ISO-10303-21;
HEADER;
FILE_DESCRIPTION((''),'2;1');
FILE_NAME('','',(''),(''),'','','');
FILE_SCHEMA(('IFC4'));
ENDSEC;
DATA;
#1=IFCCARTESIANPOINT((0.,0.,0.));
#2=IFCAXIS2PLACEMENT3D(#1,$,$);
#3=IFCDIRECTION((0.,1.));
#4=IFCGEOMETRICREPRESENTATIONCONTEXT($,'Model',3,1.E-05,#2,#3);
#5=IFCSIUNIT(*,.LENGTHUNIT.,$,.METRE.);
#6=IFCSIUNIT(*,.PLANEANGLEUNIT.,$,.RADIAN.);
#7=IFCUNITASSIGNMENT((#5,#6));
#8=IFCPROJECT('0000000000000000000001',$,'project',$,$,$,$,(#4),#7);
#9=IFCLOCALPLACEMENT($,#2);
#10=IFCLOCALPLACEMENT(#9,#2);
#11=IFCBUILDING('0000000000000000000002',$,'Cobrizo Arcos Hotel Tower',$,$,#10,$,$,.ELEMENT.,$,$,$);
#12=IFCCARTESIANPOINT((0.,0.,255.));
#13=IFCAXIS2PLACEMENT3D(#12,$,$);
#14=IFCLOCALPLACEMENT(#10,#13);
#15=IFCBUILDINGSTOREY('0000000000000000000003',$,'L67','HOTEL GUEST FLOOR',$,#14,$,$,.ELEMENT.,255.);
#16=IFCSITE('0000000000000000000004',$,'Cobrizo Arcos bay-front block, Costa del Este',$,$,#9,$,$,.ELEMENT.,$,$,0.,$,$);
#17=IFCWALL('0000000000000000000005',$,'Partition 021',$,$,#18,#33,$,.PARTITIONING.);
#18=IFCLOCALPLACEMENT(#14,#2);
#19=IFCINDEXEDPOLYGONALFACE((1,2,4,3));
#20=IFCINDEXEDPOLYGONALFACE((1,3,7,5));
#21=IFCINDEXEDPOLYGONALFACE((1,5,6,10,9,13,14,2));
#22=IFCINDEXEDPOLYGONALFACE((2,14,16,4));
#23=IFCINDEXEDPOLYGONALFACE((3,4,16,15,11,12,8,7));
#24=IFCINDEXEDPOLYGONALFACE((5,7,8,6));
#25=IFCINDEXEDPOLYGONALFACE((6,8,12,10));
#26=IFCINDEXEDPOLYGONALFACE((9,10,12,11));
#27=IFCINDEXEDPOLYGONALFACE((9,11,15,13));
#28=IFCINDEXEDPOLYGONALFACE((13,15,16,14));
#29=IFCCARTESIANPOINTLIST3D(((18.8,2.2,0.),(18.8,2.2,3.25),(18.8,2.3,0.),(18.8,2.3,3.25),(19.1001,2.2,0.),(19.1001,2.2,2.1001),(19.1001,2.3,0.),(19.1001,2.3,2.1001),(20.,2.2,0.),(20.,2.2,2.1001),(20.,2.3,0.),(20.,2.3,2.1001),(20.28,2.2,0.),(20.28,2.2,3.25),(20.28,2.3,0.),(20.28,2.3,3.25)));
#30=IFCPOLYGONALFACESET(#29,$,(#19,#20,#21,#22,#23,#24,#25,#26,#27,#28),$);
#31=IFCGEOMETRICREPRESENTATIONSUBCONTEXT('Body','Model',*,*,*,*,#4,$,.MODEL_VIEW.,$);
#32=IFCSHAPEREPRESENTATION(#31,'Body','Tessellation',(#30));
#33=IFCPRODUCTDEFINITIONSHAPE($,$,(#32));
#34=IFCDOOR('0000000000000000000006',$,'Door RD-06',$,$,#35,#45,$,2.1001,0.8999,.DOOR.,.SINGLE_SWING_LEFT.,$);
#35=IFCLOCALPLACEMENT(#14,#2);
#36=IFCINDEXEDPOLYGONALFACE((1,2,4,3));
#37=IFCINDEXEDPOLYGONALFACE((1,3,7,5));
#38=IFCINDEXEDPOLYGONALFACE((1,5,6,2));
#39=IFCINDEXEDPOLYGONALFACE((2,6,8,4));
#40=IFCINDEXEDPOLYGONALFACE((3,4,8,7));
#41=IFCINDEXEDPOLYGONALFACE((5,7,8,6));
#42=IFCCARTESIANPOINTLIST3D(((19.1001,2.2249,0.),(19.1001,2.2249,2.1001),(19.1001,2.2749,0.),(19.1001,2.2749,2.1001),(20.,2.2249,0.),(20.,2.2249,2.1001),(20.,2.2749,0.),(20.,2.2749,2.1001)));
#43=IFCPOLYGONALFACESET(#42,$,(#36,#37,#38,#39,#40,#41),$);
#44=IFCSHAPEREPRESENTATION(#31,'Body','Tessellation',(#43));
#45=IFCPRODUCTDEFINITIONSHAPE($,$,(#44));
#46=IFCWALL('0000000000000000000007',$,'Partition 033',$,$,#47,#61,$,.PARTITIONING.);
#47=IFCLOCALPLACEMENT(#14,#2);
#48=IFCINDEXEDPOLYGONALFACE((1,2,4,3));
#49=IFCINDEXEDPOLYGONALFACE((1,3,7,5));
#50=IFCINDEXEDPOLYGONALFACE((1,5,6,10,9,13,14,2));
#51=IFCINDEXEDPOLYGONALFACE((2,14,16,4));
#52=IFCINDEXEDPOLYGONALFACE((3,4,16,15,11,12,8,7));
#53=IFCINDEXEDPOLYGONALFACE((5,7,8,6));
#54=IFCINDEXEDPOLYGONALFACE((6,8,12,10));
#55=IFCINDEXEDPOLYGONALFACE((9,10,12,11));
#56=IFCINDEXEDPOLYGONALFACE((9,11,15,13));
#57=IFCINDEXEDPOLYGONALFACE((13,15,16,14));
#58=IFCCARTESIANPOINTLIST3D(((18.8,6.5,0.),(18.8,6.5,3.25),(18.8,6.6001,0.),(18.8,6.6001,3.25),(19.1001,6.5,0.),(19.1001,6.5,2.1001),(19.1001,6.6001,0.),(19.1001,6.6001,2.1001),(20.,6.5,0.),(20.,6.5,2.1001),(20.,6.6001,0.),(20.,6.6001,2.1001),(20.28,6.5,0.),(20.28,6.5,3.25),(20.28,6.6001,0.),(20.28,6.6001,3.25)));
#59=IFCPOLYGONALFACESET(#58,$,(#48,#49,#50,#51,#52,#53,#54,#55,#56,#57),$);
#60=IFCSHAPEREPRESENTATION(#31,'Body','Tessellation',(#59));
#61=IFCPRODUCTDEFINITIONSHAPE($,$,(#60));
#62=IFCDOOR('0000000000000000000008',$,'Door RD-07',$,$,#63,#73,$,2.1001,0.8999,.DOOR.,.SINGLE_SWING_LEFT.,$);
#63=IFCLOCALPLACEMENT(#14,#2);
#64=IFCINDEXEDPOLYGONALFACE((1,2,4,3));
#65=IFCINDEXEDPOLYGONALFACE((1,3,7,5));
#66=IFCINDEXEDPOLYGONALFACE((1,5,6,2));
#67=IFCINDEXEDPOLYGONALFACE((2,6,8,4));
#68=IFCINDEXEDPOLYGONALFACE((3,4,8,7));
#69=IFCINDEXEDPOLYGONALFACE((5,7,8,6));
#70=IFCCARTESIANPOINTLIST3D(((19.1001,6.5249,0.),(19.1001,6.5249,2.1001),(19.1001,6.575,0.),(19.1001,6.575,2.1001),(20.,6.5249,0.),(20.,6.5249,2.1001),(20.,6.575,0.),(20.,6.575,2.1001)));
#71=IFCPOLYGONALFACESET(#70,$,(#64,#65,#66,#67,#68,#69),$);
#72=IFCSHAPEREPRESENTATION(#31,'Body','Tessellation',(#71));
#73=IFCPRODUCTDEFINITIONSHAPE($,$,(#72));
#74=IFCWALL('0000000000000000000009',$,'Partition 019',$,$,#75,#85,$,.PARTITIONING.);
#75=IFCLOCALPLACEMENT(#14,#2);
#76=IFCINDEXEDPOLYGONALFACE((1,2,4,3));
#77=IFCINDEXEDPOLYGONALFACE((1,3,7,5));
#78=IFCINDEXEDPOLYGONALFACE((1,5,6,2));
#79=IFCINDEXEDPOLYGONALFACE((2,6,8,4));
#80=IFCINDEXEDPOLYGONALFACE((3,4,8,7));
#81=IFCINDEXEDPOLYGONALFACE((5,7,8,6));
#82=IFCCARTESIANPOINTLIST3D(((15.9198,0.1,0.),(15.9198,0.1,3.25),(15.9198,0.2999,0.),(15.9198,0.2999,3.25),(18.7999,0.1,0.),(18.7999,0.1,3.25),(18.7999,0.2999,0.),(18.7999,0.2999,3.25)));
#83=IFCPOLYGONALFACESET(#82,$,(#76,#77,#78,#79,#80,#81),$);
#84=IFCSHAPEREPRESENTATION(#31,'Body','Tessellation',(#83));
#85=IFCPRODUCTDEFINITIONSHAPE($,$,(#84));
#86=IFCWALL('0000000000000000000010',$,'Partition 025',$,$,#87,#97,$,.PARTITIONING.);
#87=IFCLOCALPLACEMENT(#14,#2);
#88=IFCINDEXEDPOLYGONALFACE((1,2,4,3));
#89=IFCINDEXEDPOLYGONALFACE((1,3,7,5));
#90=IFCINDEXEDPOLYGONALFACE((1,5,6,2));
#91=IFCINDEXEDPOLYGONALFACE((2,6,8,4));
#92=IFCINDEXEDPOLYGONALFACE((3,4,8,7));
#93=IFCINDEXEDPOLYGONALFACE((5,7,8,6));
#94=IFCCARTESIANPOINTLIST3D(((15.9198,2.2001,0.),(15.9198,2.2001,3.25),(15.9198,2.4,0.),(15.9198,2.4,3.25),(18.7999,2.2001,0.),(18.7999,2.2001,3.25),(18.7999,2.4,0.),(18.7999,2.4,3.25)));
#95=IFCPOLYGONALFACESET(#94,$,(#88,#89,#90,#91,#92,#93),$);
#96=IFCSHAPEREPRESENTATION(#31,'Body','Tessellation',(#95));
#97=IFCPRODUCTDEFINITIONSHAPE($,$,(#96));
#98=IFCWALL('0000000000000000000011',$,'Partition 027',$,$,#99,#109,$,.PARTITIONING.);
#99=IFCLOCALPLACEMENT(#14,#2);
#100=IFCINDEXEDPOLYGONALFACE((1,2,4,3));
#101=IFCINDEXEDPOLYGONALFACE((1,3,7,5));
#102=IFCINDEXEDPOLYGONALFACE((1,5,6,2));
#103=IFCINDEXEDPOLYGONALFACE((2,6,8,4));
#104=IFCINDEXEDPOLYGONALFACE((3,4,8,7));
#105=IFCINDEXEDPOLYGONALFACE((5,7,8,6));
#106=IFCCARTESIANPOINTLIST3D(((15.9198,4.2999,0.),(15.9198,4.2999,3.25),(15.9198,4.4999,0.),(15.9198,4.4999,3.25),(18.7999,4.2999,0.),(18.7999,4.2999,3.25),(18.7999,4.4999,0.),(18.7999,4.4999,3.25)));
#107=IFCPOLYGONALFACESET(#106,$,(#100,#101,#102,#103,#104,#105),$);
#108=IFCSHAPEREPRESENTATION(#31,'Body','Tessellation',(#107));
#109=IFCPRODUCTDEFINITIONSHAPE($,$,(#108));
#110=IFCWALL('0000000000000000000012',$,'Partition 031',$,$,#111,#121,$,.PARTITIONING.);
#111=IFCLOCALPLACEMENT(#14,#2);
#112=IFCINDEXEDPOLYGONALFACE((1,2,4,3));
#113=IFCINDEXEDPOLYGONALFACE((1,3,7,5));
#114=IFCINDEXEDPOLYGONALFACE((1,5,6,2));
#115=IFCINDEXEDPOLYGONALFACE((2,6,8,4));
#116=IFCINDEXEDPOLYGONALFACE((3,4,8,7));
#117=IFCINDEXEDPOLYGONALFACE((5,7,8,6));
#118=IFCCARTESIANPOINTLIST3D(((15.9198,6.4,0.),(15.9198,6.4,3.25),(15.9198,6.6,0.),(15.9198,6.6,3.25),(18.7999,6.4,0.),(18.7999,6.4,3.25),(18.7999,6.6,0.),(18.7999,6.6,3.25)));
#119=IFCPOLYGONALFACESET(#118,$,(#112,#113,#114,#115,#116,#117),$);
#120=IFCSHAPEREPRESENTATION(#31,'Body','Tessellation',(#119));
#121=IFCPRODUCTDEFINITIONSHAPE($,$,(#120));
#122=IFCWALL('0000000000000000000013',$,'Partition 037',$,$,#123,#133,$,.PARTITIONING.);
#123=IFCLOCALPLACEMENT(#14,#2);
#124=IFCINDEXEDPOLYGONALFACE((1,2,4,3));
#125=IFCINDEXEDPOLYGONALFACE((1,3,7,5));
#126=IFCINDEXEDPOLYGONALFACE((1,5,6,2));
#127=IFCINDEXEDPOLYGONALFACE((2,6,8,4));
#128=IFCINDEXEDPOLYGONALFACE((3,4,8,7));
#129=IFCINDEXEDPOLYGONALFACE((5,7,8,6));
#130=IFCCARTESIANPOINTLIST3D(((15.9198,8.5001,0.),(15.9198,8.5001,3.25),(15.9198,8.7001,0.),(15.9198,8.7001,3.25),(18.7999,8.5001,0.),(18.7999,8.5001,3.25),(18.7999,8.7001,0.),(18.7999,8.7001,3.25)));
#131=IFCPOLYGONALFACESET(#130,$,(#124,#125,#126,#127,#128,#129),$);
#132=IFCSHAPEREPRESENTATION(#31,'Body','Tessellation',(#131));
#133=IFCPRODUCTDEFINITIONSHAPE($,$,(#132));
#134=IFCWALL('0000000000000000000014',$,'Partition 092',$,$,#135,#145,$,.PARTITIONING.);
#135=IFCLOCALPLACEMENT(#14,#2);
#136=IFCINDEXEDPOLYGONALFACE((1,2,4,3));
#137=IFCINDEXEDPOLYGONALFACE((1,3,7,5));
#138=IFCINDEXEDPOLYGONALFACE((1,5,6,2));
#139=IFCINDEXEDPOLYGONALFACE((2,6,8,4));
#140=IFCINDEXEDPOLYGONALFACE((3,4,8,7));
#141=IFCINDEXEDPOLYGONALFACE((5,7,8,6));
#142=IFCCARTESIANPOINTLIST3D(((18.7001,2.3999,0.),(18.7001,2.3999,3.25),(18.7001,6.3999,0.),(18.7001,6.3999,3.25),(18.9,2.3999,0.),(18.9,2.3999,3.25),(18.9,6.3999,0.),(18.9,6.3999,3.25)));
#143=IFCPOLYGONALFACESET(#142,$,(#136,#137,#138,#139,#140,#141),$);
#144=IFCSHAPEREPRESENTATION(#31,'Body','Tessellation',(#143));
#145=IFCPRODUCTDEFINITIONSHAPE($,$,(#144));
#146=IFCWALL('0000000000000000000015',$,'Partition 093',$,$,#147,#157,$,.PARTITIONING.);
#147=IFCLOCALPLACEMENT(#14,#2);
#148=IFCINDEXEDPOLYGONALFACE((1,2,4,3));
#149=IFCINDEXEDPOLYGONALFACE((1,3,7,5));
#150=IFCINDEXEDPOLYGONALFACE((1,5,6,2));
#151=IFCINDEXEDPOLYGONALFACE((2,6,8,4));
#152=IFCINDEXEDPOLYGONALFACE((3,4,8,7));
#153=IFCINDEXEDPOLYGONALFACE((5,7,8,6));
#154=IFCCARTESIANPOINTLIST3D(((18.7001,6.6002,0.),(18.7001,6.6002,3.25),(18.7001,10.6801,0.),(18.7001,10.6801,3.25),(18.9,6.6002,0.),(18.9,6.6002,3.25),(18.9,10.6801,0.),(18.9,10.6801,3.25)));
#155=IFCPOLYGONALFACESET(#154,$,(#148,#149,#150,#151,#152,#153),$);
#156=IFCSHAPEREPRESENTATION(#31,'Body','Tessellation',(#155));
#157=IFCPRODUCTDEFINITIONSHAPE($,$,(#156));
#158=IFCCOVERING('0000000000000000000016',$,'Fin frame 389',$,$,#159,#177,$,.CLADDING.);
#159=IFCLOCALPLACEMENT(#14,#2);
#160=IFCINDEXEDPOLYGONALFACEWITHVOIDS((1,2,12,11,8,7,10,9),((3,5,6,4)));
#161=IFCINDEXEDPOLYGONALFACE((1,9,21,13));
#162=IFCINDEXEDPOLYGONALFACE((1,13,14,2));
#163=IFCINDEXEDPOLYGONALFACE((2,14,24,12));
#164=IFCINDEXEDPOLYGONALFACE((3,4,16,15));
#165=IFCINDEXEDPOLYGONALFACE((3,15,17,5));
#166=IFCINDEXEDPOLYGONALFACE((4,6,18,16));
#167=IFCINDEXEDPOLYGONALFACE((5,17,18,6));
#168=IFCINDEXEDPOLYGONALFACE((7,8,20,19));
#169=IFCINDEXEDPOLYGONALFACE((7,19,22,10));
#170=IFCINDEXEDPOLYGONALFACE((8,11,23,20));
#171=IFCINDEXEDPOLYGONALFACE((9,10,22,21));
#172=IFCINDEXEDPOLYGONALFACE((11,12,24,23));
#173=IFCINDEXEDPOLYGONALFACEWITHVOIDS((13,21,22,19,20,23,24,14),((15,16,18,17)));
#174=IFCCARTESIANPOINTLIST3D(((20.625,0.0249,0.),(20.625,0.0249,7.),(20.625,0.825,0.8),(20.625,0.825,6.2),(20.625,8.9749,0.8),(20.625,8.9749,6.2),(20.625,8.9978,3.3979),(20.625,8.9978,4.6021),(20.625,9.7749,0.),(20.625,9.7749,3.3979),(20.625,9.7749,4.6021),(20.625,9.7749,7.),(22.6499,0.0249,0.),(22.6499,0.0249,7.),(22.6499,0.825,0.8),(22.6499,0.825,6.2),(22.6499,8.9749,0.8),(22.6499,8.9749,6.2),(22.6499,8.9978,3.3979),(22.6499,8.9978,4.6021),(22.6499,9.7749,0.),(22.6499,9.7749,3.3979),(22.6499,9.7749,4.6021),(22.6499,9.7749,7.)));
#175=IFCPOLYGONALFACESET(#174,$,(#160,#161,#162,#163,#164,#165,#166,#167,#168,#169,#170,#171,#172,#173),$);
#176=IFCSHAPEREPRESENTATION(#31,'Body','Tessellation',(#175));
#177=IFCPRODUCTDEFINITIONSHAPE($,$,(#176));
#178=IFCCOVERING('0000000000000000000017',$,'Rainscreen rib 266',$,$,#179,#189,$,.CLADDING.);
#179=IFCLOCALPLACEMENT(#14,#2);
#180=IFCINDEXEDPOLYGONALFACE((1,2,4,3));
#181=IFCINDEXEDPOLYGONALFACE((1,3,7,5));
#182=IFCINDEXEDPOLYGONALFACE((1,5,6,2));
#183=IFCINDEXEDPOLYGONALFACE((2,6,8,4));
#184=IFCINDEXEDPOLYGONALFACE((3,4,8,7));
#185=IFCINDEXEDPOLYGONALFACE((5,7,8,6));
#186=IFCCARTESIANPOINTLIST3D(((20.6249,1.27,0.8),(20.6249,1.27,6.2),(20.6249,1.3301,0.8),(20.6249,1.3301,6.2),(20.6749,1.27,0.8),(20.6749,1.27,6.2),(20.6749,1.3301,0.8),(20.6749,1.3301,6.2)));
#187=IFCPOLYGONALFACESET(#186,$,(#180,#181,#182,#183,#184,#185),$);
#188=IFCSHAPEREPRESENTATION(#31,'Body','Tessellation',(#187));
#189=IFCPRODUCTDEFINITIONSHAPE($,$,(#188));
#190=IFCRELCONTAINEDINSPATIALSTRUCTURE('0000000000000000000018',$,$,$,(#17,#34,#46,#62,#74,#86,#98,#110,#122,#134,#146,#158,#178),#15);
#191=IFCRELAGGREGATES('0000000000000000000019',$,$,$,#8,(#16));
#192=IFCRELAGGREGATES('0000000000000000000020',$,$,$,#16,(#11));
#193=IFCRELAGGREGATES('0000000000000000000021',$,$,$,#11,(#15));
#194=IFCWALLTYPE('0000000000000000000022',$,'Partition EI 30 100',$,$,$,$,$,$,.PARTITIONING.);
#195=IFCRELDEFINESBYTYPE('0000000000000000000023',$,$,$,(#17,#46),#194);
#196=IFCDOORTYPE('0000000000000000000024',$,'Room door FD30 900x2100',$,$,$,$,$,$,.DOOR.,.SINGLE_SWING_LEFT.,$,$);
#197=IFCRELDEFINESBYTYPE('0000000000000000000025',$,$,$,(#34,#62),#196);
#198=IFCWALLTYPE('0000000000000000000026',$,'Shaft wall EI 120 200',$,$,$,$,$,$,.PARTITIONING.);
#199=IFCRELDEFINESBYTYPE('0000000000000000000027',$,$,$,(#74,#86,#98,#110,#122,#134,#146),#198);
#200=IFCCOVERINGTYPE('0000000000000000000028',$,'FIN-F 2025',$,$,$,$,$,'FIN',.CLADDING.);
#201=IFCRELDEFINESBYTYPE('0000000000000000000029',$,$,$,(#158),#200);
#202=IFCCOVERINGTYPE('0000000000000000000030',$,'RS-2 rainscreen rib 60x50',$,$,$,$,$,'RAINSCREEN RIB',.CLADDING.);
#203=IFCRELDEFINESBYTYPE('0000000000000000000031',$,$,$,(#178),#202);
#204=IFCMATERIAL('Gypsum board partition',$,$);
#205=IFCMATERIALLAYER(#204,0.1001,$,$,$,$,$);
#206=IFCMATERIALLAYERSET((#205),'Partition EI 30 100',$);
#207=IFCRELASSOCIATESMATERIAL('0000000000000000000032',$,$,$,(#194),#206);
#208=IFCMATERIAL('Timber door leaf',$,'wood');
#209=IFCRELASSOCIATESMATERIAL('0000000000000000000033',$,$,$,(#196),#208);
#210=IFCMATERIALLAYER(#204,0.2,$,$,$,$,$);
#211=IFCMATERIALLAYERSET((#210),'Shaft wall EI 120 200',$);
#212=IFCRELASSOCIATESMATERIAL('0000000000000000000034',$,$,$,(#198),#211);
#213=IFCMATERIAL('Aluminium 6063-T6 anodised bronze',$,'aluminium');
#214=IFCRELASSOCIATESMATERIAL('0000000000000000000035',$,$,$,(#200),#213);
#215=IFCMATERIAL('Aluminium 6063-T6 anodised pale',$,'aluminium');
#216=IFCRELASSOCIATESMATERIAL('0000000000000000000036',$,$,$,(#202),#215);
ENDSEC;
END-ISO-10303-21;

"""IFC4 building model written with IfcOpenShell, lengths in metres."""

from ifc_helpers import new_model, si_unit, direction, frame, frame_2d, origin, origin_2d, place, context, subcontext, project, spatial, polyline, rectangle, outline, extrude, material, layer, layer_set, type_object, element, fill, save


model = new_model("IFC4")

# Units and contexts
model_context = context("Model", 3, precision=1e-05, world=origin(), true_north=direction((0.0, 1.0)))
body_context = subcontext(model_context, "Body", "Model", "MODEL_VIEW")
ifc_project = project(units=[si_unit("LENGTHUNIT", "METRE"), si_unit("PLANEANGLEUNIT", "RADIAN")], contexts=[model_context])

# Site, building, storey
site_placement = place(None, origin())
site = spatial("IfcSite", under=ifc_project, at=site_placement, Name="Cobrizo Arcos bay-front block, Costa del Este", CompositionType="ELEMENT", RefElevation=0.0)
building_placement = place(site_placement, origin())
building = spatial("IfcBuilding", under=site, at=building_placement, Name="Cobrizo Arcos Hotel Tower", CompositionType="ELEMENT")
storey_placement = place(building_placement, frame((0.0, 0.0, 255.0)))
storey = spatial("IfcBuildingStorey", under=building, at=storey_placement, Name="L67", Description="HOTEL GUEST FLOOR", CompositionType="ELEMENT", Elevation=255.0)

# Walls, openings, doors
ifc_material_1 = material(Name="Gypsum board partition")
ifc_layer_1 = layer(ifc_material_1, 0.1001)
ifc_layer_set_1 = layer_set([ifc_layer_1], Name="Partition EI 30 100")
wall_type_1 = type_object("IfcWallType", Name="Partition EI 30 100", PredefinedType="PARTITIONING", material=ifc_layer_set_1)
wall_1_placement = place(storey_placement, frame((18.8, 2.25, 0.0), z_axis=(0.0, 0.0, 1.0), x_axis=(1.0, 0.0, 0.0)))
wall_1 = element("IfcWall", 1, at=wall_1_placement, inside=storey, type_object=wall_type_1, Name="Partition 021", PredefinedType="PARTITIONING", context=body_context, shape_type="SweptSolid", body=[
    extrude(rectangle(XDim=1.48, YDim=0.1001, at=frame_2d((0.74, 0.0))), origin(), (0.0, 0.0, 1.0), 3.25),
])
opening_1_placement = place(wall_1_placement, frame((0.3, 0.0, 0.0)))
opening_1 = element("IfcOpeningElement", 2, at=opening_1_placement, cuts=wall_1, PredefinedType="OPENING", context=body_context, shape_type="SweptSolid", body=[
    extrude(rectangle(XDim=0.8999, YDim=2.1001, at=frame_2d((0.45, 1.05))), frame((0.0, 0.062, 0.0), z_axis=(0.0, -1.0, 0.0), x_axis=(1.0, 0.0, 0.0)), (0.0, 0.0, 1.0), 0.124),
])
ifc_material_2 = material(Name="Timber door leaf", Category="wood")
door_type = type_object("IfcDoorType", Name="Room door FD30 900x2100", OperationType="SINGLE_SWING_LEFT", PredefinedType="DOOR", material=ifc_material_2)
door_1_placement = place(opening_1_placement, origin())
door_1 = element("IfcDoor", 3, at=door_1_placement, inside=storey, type_object=door_type, Name="Door RD-06", OperationType="SINGLE_SWING_LEFT", OverallHeight=2.1001, OverallWidth=0.8999, PredefinedType="DOOR", context=body_context, shape_type="SweptSolid", body=[
    extrude(rectangle(XDim=0.8999, YDim=2.1001, at=frame_2d((0.45, 1.05))), frame((0.0, 0.0249, 0.0), z_axis=(0.0, -1.0, 0.0), x_axis=(1.0, 0.0, 0.0)), (0.0, 0.0, 1.0), 0.05),
])
fill(opening_1, door_1)
wall_2_placement = place(storey_placement, frame((18.8, 6.55, 0.0), z_axis=(0.0, 0.0, 1.0), x_axis=(1.0, 0.0, 0.0)))
wall_2 = element("IfcWall", 4, at=wall_2_placement, inside=storey, type_object=wall_type_1, Name="Partition 033", PredefinedType="PARTITIONING", context=body_context, shape_type="SweptSolid", body=[
    extrude(rectangle(XDim=1.48, YDim=0.1001, at=frame_2d((0.74, 0.0))), origin(), (0.0, 0.0, 1.0), 3.25),
])
opening_2_placement = place(wall_2_placement, frame((0.3, 0.0, 0.0)))
opening_2 = element("IfcOpeningElement", 5, at=opening_2_placement, cuts=wall_2, PredefinedType="OPENING", context=body_context, shape_type="SweptSolid", body=[
    extrude(rectangle(XDim=0.8999, YDim=2.1001, at=frame_2d((0.45, 1.05))), frame((0.0, 0.062, 0.0), z_axis=(0.0, -1.0, 0.0), x_axis=(1.0, 0.0, 0.0)), (0.0, 0.0, 1.0), 0.124),
])
door_2_placement = place(opening_2_placement, origin())
door_2 = element("IfcDoor", 6, at=door_2_placement, inside=storey, type_object=door_type, Name="Door RD-07", OperationType="SINGLE_SWING_LEFT", OverallHeight=2.1001, OverallWidth=0.8999, PredefinedType="DOOR", context=body_context, shape_type="SweptSolid", body=[
    extrude(rectangle(XDim=0.8999, YDim=2.1001, at=frame_2d((0.45, 1.05))), frame((0.0, 0.0249, 0.0), z_axis=(0.0, -1.0, 0.0), x_axis=(1.0, 0.0, 0.0)), (0.0, 0.0, 1.0), 0.05),
])
fill(opening_2, door_2)

# Walls
ifc_layer_2 = layer(ifc_material_1, 0.2)
ifc_layer_set_2 = layer_set([ifc_layer_2], Name="Shaft wall EI 120 200")
wall_type_2 = type_object("IfcWallType", Name="Shaft wall EI 120 200", PredefinedType="PARTITIONING", material=ifc_layer_set_2)
for number, where, z_axis, x_axis, name in (
    (7, (15.9199, 0.2, 0.0), (0.0, 0.0, 1.0), (1.0, 0.0, 0.0), "Partition 019"),
    (8, (15.9199, 2.3, 0.0), (0.0, 0.0, 1.0), (1.0, 0.0, 0.0), "Partition 025"),
    (9, (15.9199, 4.3999, 0.0), (0.0, 0.0, 1.0), (1.0, 0.0, 0.0), "Partition 027"),
    (10, (15.9199, 6.5, 0.0), (0.0, 0.0, 1.0), (1.0, 0.0, 0.0), "Partition 031"),
    (11, (15.9199, 8.6001, 0.0), (0.0, 0.0, 1.0), (1.0, 0.0, 0.0), "Partition 037"),
):
    element("IfcWall", number, at=place(storey_placement, frame(where, z_axis=z_axis, x_axis=x_axis)), inside=storey, type_object=wall_type_2, Name=name, PredefinedType="PARTITIONING", context=body_context, shape_type="SweptSolid", body=[
        extrude(rectangle(XDim=2.8801, YDim=0.2, at=frame_2d((1.4399, 0.0))), origin(), (0.0, 0.0, 1.0), 3.25),
    ])
wall_3_placement = place(storey_placement, frame((18.8, 2.3999, 0.0), z_axis=(0.0, 0.0, 1.0), x_axis=(0.0, 1.0, 0.0)))
element("IfcWall", 12, at=wall_3_placement, inside=storey, type_object=wall_type_2, Name="Partition 092", PredefinedType="PARTITIONING", context=body_context, shape_type="SweptSolid", body=[
    extrude(rectangle(XDim=4.0, YDim=0.2, at=frame_2d((2.0, 0.0))), origin(), (0.0, 0.0, 1.0), 3.25),
])
wall_4_placement = place(storey_placement, frame((18.8, 6.6001, 0.0), z_axis=(0.0, 0.0, 1.0), x_axis=(0.0, 1.0, 0.0)))
element("IfcWall", 13, at=wall_4_placement, inside=storey, type_object=wall_type_2, Name="Partition 093", PredefinedType="PARTITIONING", context=body_context, shape_type="SweptSolid", body=[
    extrude(rectangle(XDim=4.0798, YDim=0.2, at=frame_2d((2.04, 0.0))), origin(), (0.0, 0.0, 1.0), 3.25),
])

# Coverings
ifc_material_3 = material(Name="Aluminium 6063-T6 anodised bronze", Category="aluminium")
covering_type_1 = type_object("IfcCoveringType", Name="FIN-F 2025", ElementType="FIN", PredefinedType="CLADDING", material=ifc_material_3)
covering_placement = place(storey_placement, frame((20.625, 0.0249, 0.0), z_axis=(1.0, 0.0, 0.0), x_axis=(0.0, 1.0, 0.0)))
element("IfcCovering", 14, at=covering_placement, inside=storey, type_object=covering_type_1, Name="Fin frame 389", PredefinedType="CLADDING", context=body_context, shape_type="SweptSolid", body=[
    extrude(outline(polyline([(9.75, 0.0), (9.75, 3.3979), (8.9729, 3.3979), (8.9729, 4.6021), (9.75, 4.6021), (9.75, 7.0), (0.0, 7.0), (0.0, 0.0), (9.75, 0.0)]), holes=[polyline([(8.95, 0.8), (0.8, 0.8), (0.8, 6.2), (8.95, 6.2), (8.95, 0.8)])]), origin(), (0.0, 0.0, 1.0), 2.0249),
])
ifc_material_4 = material(Name="Aluminium 6063-T6 anodised pale", Category="aluminium")
covering_type_2 = type_object("IfcCoveringType", Name="RS-2 rainscreen rib 60x50", ElementType="RAINSCREEN RIB", PredefinedType="CLADDING", material=ifc_material_4)
for number, where, z_axis, x_axis, name in (
    (15, (20.6499, 1.3, 0.8), (0.0, 0.0, 1.0), (0.0, 1.0, 0.0), "Rainscreen rib 266"),
):
    element("IfcCovering", number, at=place(storey_placement, frame(where, z_axis=z_axis, x_axis=x_axis)), inside=storey, type_object=covering_type_2, Name=name, PredefinedType="CLADDING", context=body_context, shape_type="SweptSolid", body=[
        extrude(rectangle(XDim=0.0601, YDim=0.05, at=origin_2d()), origin(), (0.0, 0.0, 1.0), 5.3999),
    ])

save(model, "model.ifc")
